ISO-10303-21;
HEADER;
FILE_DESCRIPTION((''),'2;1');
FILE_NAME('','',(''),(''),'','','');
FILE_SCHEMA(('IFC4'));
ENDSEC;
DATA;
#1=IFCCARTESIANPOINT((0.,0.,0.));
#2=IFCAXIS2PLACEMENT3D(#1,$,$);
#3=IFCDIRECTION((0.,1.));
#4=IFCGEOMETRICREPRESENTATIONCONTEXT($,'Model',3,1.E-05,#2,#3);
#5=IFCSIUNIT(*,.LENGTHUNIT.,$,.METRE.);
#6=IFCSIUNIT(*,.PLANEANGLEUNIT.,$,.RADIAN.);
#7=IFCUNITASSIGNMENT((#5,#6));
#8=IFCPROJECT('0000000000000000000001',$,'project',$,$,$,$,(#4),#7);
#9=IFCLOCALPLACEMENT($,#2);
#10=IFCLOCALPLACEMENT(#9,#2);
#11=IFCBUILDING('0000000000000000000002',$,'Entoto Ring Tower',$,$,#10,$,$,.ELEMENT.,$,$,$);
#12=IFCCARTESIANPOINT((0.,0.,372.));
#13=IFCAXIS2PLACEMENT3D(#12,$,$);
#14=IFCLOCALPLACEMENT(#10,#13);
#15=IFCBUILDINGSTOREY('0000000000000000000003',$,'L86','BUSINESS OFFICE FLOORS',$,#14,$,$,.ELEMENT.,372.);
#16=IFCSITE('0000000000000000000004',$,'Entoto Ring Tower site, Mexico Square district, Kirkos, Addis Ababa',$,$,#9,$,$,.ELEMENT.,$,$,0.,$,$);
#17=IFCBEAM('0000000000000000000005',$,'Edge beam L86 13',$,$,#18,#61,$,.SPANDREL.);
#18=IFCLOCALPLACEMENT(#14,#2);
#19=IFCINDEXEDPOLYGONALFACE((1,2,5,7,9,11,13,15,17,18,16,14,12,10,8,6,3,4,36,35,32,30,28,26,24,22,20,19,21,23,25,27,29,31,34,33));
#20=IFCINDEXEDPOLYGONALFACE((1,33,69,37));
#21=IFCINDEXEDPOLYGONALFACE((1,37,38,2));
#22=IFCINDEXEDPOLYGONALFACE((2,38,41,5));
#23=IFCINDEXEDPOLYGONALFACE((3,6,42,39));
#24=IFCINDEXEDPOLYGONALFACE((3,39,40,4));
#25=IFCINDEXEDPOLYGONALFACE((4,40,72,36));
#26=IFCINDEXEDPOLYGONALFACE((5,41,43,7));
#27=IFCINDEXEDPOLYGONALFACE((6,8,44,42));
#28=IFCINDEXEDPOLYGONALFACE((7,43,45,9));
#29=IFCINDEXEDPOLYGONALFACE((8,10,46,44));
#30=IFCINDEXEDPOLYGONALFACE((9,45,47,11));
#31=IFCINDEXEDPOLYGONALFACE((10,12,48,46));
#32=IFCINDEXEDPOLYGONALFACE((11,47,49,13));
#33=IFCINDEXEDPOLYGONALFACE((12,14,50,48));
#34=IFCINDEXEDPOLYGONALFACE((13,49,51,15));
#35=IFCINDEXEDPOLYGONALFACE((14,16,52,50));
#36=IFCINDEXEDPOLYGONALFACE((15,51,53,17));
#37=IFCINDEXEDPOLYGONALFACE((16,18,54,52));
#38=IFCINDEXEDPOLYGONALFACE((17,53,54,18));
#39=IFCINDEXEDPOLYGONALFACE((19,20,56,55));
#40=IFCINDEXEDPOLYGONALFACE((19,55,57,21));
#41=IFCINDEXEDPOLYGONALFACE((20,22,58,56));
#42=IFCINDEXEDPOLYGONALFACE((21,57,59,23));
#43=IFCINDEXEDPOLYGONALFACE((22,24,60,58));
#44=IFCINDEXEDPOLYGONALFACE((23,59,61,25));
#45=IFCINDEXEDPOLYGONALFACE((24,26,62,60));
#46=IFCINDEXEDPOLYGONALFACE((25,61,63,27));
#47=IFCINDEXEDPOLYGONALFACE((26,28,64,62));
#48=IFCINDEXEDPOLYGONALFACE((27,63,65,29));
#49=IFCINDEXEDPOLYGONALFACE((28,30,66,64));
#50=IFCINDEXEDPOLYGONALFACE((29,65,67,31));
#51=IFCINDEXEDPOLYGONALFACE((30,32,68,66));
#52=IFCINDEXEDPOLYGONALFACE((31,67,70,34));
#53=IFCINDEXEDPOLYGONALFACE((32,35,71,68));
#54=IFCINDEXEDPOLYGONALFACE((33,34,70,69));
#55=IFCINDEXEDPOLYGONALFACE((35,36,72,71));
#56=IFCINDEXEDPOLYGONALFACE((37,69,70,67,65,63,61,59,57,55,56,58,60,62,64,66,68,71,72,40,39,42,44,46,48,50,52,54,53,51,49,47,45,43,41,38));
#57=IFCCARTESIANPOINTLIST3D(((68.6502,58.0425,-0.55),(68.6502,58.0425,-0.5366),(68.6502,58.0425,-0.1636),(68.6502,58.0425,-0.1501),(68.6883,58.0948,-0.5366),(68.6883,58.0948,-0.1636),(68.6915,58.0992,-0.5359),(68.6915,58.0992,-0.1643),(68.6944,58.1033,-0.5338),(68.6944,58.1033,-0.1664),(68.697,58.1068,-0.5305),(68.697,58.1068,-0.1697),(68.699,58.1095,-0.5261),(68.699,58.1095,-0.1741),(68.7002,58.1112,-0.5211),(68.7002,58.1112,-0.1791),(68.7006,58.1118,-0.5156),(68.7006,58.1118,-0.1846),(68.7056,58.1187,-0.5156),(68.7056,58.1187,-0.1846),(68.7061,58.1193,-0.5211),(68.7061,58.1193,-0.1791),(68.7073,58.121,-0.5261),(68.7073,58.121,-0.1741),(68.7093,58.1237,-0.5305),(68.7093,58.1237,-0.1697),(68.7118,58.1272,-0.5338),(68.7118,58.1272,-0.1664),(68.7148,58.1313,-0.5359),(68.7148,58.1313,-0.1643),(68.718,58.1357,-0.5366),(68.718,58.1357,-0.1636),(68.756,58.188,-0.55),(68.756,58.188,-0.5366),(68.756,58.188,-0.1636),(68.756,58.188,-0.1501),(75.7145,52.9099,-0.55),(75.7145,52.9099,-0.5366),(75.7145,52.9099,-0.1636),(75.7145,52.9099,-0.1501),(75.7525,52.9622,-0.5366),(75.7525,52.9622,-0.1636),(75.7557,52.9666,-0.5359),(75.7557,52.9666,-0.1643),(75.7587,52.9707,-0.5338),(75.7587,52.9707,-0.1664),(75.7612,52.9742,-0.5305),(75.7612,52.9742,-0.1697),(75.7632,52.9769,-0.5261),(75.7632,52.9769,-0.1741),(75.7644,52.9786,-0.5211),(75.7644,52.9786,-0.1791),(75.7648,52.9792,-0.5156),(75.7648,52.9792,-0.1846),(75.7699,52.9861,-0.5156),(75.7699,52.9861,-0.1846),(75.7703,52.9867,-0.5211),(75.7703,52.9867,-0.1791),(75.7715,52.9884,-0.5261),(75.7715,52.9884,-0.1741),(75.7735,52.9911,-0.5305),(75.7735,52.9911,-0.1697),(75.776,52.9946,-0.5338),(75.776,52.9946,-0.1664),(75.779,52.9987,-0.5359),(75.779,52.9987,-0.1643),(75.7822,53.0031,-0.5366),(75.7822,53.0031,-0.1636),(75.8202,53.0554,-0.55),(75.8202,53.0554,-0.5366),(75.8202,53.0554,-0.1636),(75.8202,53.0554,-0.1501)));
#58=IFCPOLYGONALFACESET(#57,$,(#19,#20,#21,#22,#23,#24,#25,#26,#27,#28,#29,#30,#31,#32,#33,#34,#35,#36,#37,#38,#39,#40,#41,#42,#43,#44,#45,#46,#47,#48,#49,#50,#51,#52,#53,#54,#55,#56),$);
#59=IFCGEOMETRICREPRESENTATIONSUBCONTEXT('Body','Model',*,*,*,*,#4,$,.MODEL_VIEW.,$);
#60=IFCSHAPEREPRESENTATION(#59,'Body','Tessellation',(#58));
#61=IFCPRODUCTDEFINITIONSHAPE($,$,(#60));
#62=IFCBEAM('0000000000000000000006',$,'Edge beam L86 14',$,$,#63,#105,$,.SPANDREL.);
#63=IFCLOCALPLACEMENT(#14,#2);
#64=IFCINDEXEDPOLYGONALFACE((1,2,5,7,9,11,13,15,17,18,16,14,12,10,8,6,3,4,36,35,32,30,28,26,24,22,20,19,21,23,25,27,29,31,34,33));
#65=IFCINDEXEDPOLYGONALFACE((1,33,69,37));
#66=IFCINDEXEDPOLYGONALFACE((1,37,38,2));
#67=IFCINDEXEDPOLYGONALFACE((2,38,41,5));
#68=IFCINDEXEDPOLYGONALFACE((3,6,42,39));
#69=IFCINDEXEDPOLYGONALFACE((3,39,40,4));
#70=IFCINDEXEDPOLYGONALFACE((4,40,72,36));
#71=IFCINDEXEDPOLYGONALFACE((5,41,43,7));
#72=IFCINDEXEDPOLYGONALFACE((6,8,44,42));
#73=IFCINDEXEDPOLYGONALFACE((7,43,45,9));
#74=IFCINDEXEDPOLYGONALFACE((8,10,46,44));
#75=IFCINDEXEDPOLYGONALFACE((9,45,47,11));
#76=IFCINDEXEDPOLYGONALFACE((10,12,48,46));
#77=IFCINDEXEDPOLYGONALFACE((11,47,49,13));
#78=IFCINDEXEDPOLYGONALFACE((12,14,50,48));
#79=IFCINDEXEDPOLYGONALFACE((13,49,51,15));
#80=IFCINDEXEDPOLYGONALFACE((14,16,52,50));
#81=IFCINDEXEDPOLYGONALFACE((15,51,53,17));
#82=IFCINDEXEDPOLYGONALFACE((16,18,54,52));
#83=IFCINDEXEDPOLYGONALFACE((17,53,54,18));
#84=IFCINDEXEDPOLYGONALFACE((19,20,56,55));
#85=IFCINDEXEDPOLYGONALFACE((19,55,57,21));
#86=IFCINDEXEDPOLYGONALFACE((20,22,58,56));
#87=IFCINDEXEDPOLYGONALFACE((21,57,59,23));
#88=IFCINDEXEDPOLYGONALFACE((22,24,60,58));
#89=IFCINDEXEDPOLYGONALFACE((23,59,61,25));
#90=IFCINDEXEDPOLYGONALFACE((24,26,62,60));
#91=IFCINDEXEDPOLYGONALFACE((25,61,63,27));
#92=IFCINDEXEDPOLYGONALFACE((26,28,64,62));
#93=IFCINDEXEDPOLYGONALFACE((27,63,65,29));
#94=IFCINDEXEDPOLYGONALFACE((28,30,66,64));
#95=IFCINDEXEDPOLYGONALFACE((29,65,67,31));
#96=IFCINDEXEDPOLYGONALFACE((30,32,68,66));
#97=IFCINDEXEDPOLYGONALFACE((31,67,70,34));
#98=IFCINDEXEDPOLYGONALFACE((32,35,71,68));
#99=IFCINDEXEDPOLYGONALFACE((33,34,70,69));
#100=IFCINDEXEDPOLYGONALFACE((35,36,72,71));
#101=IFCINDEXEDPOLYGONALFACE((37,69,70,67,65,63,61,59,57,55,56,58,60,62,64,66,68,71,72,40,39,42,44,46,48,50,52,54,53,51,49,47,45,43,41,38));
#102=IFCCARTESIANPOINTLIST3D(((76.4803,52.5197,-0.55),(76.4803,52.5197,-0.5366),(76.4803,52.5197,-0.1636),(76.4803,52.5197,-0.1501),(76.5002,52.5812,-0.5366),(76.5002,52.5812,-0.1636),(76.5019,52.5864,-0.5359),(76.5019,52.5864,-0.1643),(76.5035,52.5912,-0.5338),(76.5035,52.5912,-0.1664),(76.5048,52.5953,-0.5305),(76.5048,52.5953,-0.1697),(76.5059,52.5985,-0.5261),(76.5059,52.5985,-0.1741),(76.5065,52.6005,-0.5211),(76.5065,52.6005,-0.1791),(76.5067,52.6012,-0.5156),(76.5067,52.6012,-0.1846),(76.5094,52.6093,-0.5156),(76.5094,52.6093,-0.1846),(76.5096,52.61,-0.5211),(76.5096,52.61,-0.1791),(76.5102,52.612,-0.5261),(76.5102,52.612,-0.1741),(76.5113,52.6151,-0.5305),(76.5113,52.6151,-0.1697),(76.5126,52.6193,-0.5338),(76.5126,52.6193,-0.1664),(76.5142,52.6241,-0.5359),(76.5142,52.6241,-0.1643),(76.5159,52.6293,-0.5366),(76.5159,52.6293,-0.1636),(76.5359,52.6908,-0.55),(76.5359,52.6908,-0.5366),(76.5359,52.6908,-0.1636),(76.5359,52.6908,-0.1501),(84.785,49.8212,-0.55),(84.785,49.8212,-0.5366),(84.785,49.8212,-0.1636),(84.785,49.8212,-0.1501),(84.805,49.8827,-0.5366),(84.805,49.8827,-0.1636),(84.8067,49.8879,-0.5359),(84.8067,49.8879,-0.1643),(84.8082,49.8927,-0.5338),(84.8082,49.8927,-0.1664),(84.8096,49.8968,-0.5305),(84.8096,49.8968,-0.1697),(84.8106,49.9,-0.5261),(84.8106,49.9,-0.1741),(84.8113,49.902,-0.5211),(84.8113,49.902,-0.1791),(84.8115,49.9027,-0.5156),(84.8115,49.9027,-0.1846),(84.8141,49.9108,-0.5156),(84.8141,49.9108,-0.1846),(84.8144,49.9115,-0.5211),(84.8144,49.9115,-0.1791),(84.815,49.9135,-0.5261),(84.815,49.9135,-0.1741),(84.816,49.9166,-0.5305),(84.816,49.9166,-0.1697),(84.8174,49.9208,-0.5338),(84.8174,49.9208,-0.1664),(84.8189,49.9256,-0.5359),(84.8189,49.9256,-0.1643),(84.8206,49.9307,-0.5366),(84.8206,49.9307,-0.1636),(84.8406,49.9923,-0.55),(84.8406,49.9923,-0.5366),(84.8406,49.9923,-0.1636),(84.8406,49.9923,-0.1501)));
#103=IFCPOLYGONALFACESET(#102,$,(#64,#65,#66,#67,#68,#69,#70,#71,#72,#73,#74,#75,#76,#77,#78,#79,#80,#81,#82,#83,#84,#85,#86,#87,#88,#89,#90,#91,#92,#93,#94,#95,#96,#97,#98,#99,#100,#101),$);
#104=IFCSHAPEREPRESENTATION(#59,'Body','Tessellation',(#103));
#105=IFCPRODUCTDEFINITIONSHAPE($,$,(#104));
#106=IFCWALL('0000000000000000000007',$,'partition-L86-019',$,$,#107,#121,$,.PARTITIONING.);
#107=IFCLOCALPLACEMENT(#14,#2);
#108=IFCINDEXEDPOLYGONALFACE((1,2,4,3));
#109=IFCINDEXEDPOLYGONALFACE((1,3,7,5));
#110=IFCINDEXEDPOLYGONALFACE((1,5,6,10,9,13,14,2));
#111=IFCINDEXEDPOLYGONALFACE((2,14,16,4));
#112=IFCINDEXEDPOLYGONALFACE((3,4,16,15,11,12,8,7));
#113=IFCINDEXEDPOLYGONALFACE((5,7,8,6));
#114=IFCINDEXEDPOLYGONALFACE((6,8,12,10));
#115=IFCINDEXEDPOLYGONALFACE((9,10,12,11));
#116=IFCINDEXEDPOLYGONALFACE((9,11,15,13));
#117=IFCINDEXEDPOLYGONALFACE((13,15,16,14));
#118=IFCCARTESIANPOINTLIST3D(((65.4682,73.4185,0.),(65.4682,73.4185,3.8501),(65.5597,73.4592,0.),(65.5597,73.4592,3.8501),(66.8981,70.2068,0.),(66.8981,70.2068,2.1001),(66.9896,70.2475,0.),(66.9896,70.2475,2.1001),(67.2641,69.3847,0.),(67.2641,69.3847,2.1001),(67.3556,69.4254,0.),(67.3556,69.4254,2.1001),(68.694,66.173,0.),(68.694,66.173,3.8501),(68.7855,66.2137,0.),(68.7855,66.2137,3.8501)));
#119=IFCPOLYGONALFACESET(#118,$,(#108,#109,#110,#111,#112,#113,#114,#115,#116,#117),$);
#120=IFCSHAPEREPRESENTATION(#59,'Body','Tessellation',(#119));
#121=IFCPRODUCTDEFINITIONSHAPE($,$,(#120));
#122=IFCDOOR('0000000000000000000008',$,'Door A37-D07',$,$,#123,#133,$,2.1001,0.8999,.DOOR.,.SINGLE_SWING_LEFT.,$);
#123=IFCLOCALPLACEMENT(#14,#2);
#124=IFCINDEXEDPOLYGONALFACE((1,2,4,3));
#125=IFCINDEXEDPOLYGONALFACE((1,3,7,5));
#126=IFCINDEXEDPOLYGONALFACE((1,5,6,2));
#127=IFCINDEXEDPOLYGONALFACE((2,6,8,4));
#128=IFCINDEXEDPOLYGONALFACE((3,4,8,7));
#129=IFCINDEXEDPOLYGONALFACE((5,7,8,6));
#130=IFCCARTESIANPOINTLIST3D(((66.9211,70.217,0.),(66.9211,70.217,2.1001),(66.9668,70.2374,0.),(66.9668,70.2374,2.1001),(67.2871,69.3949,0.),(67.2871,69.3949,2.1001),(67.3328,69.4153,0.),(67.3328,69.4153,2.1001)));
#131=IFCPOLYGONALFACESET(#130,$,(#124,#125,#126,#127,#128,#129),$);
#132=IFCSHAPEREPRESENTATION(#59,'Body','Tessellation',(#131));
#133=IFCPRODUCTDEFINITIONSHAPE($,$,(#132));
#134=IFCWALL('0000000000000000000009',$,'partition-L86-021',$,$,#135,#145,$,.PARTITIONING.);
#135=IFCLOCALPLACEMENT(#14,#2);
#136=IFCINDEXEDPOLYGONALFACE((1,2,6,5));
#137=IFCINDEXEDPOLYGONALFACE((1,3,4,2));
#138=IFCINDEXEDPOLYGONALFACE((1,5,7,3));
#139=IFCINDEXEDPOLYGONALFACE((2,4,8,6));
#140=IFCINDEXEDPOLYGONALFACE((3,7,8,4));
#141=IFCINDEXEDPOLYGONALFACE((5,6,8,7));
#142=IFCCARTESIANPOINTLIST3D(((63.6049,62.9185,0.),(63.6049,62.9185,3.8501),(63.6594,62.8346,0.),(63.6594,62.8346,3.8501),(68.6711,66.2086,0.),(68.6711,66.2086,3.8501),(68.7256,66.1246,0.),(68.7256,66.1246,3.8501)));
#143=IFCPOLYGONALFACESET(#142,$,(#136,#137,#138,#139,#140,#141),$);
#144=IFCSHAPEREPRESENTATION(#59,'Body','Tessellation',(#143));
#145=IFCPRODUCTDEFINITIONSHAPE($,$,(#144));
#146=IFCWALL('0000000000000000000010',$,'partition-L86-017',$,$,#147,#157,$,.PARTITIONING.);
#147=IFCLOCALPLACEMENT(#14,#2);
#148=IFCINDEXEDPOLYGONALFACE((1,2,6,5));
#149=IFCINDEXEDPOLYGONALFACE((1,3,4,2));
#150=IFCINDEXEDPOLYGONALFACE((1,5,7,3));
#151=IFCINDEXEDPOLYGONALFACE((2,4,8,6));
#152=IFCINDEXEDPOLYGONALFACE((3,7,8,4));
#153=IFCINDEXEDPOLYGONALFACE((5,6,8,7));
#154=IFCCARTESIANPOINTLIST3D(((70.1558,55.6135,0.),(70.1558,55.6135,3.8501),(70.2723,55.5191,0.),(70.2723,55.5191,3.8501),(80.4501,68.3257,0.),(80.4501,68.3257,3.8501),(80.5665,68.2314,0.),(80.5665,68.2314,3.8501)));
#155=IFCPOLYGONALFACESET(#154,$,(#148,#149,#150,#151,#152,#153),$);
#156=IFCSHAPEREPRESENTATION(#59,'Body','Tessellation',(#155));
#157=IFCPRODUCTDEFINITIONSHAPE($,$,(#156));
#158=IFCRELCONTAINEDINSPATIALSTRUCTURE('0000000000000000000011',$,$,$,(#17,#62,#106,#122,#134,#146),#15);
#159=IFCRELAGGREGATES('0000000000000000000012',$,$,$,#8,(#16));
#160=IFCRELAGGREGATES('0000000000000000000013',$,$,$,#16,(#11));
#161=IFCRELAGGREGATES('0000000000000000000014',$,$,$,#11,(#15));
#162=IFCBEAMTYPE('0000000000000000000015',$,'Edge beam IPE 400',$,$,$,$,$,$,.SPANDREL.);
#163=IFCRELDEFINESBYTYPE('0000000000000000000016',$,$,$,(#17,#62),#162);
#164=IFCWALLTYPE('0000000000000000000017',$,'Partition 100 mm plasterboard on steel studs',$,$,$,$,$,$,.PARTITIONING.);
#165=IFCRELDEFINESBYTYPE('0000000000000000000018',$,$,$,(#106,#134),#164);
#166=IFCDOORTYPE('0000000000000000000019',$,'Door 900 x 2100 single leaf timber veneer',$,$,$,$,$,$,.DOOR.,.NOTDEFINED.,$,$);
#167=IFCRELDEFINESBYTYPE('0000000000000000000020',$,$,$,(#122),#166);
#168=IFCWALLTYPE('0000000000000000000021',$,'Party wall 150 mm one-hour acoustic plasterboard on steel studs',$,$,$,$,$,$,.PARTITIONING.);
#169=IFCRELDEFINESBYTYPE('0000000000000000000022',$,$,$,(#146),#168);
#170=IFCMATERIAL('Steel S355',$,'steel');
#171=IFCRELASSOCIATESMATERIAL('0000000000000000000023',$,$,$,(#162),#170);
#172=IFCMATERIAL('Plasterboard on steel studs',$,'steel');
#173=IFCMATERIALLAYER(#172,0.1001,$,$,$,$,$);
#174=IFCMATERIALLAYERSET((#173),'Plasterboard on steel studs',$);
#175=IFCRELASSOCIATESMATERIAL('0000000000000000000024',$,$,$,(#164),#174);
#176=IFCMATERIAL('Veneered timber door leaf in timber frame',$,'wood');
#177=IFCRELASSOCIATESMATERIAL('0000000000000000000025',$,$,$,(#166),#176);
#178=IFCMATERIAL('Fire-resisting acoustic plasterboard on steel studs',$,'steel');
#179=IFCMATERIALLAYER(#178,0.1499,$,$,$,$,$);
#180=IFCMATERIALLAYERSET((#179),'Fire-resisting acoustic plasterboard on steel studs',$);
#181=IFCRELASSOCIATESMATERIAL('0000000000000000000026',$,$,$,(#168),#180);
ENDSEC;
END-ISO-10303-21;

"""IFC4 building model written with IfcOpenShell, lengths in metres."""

from ifc_helpers import new_model, si_unit, direction, frame, frame_2d, origin, origin_2d, place, context, subcontext, project, spatial, rectangle, i_section, extrude, material, layer, layer_set, material_profile, profile_set, type_object, element, fill, save


model = new_model("IFC4")

# Units and contexts
model_context = context("Model", 3, precision=1e-05, world=origin(), true_north=direction((0.0, 1.0)))
body_context = subcontext(model_context, "Body", "Model", "MODEL_VIEW")
ifc_project = project(units=[si_unit("LENGTHUNIT", "METRE"), si_unit("PLANEANGLEUNIT", "RADIAN")], contexts=[model_context])

# Site, building, storey
site_placement = place(None, origin())
site = spatial("IfcSite", under=ifc_project, at=site_placement, Name="Entoto Ring Tower site, Mexico Square district, Kirkos, Addis Ababa", CompositionType="ELEMENT", RefElevation=0.0)
building_placement = place(site_placement, origin())
building = spatial("IfcBuilding", under=site, at=building_placement, Name="Entoto Ring Tower", CompositionType="ELEMENT")
storey_placement = place(building_placement, frame((0.0, 0.0, 372.0)))
storey = spatial("IfcBuildingStorey", under=building, at=storey_placement, Name="L86", Description="BUSINESS OFFICE FLOORS", CompositionType="ELEMENT", Elevation=372.0)

# Beams
ifc_material_1 = material(Name="Steel S355", Category="steel")
ifc_material_profile_1 = material_profile(ifc_material_1, i_section(OverallWidth=0.1799, OverallDepth=0.3999, WebThickness=0.0085, FlangeThickness=0.0134, FilletRadius=0.021, at=origin_2d()), Name="IPE 400")
ifc_profile_set_1 = profile_set([ifc_material_profile_1], Name="Steel S355")
beam_type = type_object("IfcBeamType", Name="Edge beam IPE 400", PredefinedType="SPANDREL", material=ifc_profile_set_1)
for number, where, z_axis, x_axis, name in (
    (1, (68.7031, 58.1152, -0.3501), (0.80901, -0.587794, 0.0), (0.587794, 0.80901, 0.0), "Edge beam L86 13"),
):
    element("IfcBeam", number, at=place(storey_placement, frame(where, z_axis=z_axis, x_axis=x_axis)), inside=storey, type_object=beam_type, Name=name, PredefinedType="SPANDREL", context=body_context, shape_type="SweptSolid", body=[
        extrude(i_section(OverallWidth=0.1799, OverallDepth=0.3999, WebThickness=0.0085, FlangeThickness=0.0134, FilletRadius=0.021, at=origin_2d()), origin(), (0.0, 0.0, 1.0), 8.7319),
    ])
beam_placement = place(storey_placement, frame((76.5081, 52.6052, -0.3501), z_axis=(0.951052, -0.30903, 0.0), x_axis=(0.30903, 0.951052, 0.0)))
element("IfcBeam", 2, at=beam_placement, inside=storey, type_object=beam_type, Name="Edge beam L86 14", PredefinedType="SPANDREL", context=body_context, shape_type="SweptSolid", body=[
    extrude(i_section(OverallWidth=0.1799, OverallDepth=0.3999, WebThickness=0.0085, FlangeThickness=0.0134, FilletRadius=0.021, at=origin_2d()), origin(), (0.0, 0.0, 1.0), 8.7322),
])

# Wall, opening, door
ifc_material_2 = material(Name="Plasterboard on steel studs", Category="steel")
ifc_layer_1 = layer(ifc_material_2, 0.1001)
ifc_layer_set_1 = layer_set([ifc_layer_1], Name="Plasterboard on steel studs")
wall_type_1 = type_object("IfcWallType", Name="Partition 100 mm plasterboard on steel studs", PredefinedType="PARTITIONING", material=ifc_layer_set_1)
wall_1_placement = place(storey_placement, frame((68.7397, 66.1934, 0.0), z_axis=(0.0, 0.0, 1.0), x_axis=(-0.406724, 0.913551, 0.0)))
wall_1 = element("IfcWall", 3, at=wall_1_placement, inside=storey, type_object=wall_type_1, Name="partition-L86-019", PredefinedType="PARTITIONING", context=body_context, shape_type="SweptSolid", body=[
    extrude(rectangle(XDim=7.9312, YDim=0.1001, at=frame_2d((3.9656, 0.0))), origin(), (0.0, 0.0, 1.0), 3.8501),
])
opening_placement = place(wall_1_placement, frame((3.5156, 0.0, 0.0)))
opening = element("IfcOpeningElement", 4, at=opening_placement, cuts=wall_1, PredefinedType="OPENING", context=body_context, shape_type="SweptSolid", body=[
    extrude(rectangle(XDim=0.8999, YDim=2.1001, at=frame_2d((0.45, 1.05))), frame((0.0, 0.0601, 0.0), z_axis=(0.0, -1.0, 0.0), x_axis=(1.0, 0.0, 0.0)), (0.0, 0.0, 1.0), 0.1201),
])
ifc_material_3 = material(Name="Veneered timber door leaf in timber frame", Category="wood")
door_type = type_object("IfcDoorType", Name="Door 900 x 2100 single leaf timber veneer", OperationType="NOTDEFINED", PredefinedType="DOOR", material=ifc_material_3)
door_placement = place(opening_placement, origin())
door = element("IfcDoor", 5, at=door_placement, inside=storey, type_object=door_type, Name="Door A37-D07", OperationType="SINGLE_SWING_LEFT", OverallHeight=2.1001, OverallWidth=0.8999, PredefinedType="DOOR", context=body_context, shape_type="SweptSolid", body=[
    extrude(rectangle(XDim=0.8999, YDim=2.1001, at=frame_2d((0.45, 1.05))), frame((0.0, 0.0249, 0.0), z_axis=(0.0, -1.0, 0.0), x_axis=(1.0, 0.0, 0.0)), (0.0, 0.0, 1.0), 0.05),
])
fill(opening, door)

# Walls
wall_2_placement = place(storey_placement, frame((63.6321, 62.8765, 0.0), z_axis=(0.0, 0.0, 1.0), x_axis=(0.838668, 0.544643, 0.0)))
element("IfcWall", 6, at=wall_2_placement, inside=storey, type_object=wall_type_1, Name="partition-L86-021", PredefinedType="PARTITIONING", context=body_context, shape_type="SweptSolid", body=[
    extrude(rectangle(XDim=6.0408, YDim=0.1001, at=frame_2d((3.0205, 0.0))), origin(), (0.0, 0.0, 1.0), 3.8501),
])
ifc_material_4 = material(Name="Fire-resisting acoustic plasterboard on steel studs", Category="steel")
ifc_layer_2 = layer(ifc_material_4, 0.1499)
ifc_layer_set_2 = layer_set([ifc_layer_2], Name="Fire-resisting acoustic plasterboard on steel studs")
wall_type_2 = type_object("IfcWallType", Name="Party wall 150 mm one-hour acoustic plasterboard on steel studs", PredefinedType="PARTITIONING", material=ifc_layer_set_2)
wall_3_placement = place(storey_placement, frame((70.2141, 55.5664, 0.0), z_axis=(0.0, 0.0, 1.0), x_axis=(0.629324, 0.777143, 0.0)))
element("IfcWall", 7, at=wall_3_placement, inside=storey, type_object=wall_type_2, Name="partition-L86-017", PredefinedType="PARTITIONING", context=body_context, shape_type="SweptSolid", body=[
    extrude(rectangle(XDim=16.3577, YDim=0.1499, at=frame_2d((8.1787, 0.0))), origin(), (0.0, 0.0, 1.0), 3.8501),
])

save(model, "model.ifc")
